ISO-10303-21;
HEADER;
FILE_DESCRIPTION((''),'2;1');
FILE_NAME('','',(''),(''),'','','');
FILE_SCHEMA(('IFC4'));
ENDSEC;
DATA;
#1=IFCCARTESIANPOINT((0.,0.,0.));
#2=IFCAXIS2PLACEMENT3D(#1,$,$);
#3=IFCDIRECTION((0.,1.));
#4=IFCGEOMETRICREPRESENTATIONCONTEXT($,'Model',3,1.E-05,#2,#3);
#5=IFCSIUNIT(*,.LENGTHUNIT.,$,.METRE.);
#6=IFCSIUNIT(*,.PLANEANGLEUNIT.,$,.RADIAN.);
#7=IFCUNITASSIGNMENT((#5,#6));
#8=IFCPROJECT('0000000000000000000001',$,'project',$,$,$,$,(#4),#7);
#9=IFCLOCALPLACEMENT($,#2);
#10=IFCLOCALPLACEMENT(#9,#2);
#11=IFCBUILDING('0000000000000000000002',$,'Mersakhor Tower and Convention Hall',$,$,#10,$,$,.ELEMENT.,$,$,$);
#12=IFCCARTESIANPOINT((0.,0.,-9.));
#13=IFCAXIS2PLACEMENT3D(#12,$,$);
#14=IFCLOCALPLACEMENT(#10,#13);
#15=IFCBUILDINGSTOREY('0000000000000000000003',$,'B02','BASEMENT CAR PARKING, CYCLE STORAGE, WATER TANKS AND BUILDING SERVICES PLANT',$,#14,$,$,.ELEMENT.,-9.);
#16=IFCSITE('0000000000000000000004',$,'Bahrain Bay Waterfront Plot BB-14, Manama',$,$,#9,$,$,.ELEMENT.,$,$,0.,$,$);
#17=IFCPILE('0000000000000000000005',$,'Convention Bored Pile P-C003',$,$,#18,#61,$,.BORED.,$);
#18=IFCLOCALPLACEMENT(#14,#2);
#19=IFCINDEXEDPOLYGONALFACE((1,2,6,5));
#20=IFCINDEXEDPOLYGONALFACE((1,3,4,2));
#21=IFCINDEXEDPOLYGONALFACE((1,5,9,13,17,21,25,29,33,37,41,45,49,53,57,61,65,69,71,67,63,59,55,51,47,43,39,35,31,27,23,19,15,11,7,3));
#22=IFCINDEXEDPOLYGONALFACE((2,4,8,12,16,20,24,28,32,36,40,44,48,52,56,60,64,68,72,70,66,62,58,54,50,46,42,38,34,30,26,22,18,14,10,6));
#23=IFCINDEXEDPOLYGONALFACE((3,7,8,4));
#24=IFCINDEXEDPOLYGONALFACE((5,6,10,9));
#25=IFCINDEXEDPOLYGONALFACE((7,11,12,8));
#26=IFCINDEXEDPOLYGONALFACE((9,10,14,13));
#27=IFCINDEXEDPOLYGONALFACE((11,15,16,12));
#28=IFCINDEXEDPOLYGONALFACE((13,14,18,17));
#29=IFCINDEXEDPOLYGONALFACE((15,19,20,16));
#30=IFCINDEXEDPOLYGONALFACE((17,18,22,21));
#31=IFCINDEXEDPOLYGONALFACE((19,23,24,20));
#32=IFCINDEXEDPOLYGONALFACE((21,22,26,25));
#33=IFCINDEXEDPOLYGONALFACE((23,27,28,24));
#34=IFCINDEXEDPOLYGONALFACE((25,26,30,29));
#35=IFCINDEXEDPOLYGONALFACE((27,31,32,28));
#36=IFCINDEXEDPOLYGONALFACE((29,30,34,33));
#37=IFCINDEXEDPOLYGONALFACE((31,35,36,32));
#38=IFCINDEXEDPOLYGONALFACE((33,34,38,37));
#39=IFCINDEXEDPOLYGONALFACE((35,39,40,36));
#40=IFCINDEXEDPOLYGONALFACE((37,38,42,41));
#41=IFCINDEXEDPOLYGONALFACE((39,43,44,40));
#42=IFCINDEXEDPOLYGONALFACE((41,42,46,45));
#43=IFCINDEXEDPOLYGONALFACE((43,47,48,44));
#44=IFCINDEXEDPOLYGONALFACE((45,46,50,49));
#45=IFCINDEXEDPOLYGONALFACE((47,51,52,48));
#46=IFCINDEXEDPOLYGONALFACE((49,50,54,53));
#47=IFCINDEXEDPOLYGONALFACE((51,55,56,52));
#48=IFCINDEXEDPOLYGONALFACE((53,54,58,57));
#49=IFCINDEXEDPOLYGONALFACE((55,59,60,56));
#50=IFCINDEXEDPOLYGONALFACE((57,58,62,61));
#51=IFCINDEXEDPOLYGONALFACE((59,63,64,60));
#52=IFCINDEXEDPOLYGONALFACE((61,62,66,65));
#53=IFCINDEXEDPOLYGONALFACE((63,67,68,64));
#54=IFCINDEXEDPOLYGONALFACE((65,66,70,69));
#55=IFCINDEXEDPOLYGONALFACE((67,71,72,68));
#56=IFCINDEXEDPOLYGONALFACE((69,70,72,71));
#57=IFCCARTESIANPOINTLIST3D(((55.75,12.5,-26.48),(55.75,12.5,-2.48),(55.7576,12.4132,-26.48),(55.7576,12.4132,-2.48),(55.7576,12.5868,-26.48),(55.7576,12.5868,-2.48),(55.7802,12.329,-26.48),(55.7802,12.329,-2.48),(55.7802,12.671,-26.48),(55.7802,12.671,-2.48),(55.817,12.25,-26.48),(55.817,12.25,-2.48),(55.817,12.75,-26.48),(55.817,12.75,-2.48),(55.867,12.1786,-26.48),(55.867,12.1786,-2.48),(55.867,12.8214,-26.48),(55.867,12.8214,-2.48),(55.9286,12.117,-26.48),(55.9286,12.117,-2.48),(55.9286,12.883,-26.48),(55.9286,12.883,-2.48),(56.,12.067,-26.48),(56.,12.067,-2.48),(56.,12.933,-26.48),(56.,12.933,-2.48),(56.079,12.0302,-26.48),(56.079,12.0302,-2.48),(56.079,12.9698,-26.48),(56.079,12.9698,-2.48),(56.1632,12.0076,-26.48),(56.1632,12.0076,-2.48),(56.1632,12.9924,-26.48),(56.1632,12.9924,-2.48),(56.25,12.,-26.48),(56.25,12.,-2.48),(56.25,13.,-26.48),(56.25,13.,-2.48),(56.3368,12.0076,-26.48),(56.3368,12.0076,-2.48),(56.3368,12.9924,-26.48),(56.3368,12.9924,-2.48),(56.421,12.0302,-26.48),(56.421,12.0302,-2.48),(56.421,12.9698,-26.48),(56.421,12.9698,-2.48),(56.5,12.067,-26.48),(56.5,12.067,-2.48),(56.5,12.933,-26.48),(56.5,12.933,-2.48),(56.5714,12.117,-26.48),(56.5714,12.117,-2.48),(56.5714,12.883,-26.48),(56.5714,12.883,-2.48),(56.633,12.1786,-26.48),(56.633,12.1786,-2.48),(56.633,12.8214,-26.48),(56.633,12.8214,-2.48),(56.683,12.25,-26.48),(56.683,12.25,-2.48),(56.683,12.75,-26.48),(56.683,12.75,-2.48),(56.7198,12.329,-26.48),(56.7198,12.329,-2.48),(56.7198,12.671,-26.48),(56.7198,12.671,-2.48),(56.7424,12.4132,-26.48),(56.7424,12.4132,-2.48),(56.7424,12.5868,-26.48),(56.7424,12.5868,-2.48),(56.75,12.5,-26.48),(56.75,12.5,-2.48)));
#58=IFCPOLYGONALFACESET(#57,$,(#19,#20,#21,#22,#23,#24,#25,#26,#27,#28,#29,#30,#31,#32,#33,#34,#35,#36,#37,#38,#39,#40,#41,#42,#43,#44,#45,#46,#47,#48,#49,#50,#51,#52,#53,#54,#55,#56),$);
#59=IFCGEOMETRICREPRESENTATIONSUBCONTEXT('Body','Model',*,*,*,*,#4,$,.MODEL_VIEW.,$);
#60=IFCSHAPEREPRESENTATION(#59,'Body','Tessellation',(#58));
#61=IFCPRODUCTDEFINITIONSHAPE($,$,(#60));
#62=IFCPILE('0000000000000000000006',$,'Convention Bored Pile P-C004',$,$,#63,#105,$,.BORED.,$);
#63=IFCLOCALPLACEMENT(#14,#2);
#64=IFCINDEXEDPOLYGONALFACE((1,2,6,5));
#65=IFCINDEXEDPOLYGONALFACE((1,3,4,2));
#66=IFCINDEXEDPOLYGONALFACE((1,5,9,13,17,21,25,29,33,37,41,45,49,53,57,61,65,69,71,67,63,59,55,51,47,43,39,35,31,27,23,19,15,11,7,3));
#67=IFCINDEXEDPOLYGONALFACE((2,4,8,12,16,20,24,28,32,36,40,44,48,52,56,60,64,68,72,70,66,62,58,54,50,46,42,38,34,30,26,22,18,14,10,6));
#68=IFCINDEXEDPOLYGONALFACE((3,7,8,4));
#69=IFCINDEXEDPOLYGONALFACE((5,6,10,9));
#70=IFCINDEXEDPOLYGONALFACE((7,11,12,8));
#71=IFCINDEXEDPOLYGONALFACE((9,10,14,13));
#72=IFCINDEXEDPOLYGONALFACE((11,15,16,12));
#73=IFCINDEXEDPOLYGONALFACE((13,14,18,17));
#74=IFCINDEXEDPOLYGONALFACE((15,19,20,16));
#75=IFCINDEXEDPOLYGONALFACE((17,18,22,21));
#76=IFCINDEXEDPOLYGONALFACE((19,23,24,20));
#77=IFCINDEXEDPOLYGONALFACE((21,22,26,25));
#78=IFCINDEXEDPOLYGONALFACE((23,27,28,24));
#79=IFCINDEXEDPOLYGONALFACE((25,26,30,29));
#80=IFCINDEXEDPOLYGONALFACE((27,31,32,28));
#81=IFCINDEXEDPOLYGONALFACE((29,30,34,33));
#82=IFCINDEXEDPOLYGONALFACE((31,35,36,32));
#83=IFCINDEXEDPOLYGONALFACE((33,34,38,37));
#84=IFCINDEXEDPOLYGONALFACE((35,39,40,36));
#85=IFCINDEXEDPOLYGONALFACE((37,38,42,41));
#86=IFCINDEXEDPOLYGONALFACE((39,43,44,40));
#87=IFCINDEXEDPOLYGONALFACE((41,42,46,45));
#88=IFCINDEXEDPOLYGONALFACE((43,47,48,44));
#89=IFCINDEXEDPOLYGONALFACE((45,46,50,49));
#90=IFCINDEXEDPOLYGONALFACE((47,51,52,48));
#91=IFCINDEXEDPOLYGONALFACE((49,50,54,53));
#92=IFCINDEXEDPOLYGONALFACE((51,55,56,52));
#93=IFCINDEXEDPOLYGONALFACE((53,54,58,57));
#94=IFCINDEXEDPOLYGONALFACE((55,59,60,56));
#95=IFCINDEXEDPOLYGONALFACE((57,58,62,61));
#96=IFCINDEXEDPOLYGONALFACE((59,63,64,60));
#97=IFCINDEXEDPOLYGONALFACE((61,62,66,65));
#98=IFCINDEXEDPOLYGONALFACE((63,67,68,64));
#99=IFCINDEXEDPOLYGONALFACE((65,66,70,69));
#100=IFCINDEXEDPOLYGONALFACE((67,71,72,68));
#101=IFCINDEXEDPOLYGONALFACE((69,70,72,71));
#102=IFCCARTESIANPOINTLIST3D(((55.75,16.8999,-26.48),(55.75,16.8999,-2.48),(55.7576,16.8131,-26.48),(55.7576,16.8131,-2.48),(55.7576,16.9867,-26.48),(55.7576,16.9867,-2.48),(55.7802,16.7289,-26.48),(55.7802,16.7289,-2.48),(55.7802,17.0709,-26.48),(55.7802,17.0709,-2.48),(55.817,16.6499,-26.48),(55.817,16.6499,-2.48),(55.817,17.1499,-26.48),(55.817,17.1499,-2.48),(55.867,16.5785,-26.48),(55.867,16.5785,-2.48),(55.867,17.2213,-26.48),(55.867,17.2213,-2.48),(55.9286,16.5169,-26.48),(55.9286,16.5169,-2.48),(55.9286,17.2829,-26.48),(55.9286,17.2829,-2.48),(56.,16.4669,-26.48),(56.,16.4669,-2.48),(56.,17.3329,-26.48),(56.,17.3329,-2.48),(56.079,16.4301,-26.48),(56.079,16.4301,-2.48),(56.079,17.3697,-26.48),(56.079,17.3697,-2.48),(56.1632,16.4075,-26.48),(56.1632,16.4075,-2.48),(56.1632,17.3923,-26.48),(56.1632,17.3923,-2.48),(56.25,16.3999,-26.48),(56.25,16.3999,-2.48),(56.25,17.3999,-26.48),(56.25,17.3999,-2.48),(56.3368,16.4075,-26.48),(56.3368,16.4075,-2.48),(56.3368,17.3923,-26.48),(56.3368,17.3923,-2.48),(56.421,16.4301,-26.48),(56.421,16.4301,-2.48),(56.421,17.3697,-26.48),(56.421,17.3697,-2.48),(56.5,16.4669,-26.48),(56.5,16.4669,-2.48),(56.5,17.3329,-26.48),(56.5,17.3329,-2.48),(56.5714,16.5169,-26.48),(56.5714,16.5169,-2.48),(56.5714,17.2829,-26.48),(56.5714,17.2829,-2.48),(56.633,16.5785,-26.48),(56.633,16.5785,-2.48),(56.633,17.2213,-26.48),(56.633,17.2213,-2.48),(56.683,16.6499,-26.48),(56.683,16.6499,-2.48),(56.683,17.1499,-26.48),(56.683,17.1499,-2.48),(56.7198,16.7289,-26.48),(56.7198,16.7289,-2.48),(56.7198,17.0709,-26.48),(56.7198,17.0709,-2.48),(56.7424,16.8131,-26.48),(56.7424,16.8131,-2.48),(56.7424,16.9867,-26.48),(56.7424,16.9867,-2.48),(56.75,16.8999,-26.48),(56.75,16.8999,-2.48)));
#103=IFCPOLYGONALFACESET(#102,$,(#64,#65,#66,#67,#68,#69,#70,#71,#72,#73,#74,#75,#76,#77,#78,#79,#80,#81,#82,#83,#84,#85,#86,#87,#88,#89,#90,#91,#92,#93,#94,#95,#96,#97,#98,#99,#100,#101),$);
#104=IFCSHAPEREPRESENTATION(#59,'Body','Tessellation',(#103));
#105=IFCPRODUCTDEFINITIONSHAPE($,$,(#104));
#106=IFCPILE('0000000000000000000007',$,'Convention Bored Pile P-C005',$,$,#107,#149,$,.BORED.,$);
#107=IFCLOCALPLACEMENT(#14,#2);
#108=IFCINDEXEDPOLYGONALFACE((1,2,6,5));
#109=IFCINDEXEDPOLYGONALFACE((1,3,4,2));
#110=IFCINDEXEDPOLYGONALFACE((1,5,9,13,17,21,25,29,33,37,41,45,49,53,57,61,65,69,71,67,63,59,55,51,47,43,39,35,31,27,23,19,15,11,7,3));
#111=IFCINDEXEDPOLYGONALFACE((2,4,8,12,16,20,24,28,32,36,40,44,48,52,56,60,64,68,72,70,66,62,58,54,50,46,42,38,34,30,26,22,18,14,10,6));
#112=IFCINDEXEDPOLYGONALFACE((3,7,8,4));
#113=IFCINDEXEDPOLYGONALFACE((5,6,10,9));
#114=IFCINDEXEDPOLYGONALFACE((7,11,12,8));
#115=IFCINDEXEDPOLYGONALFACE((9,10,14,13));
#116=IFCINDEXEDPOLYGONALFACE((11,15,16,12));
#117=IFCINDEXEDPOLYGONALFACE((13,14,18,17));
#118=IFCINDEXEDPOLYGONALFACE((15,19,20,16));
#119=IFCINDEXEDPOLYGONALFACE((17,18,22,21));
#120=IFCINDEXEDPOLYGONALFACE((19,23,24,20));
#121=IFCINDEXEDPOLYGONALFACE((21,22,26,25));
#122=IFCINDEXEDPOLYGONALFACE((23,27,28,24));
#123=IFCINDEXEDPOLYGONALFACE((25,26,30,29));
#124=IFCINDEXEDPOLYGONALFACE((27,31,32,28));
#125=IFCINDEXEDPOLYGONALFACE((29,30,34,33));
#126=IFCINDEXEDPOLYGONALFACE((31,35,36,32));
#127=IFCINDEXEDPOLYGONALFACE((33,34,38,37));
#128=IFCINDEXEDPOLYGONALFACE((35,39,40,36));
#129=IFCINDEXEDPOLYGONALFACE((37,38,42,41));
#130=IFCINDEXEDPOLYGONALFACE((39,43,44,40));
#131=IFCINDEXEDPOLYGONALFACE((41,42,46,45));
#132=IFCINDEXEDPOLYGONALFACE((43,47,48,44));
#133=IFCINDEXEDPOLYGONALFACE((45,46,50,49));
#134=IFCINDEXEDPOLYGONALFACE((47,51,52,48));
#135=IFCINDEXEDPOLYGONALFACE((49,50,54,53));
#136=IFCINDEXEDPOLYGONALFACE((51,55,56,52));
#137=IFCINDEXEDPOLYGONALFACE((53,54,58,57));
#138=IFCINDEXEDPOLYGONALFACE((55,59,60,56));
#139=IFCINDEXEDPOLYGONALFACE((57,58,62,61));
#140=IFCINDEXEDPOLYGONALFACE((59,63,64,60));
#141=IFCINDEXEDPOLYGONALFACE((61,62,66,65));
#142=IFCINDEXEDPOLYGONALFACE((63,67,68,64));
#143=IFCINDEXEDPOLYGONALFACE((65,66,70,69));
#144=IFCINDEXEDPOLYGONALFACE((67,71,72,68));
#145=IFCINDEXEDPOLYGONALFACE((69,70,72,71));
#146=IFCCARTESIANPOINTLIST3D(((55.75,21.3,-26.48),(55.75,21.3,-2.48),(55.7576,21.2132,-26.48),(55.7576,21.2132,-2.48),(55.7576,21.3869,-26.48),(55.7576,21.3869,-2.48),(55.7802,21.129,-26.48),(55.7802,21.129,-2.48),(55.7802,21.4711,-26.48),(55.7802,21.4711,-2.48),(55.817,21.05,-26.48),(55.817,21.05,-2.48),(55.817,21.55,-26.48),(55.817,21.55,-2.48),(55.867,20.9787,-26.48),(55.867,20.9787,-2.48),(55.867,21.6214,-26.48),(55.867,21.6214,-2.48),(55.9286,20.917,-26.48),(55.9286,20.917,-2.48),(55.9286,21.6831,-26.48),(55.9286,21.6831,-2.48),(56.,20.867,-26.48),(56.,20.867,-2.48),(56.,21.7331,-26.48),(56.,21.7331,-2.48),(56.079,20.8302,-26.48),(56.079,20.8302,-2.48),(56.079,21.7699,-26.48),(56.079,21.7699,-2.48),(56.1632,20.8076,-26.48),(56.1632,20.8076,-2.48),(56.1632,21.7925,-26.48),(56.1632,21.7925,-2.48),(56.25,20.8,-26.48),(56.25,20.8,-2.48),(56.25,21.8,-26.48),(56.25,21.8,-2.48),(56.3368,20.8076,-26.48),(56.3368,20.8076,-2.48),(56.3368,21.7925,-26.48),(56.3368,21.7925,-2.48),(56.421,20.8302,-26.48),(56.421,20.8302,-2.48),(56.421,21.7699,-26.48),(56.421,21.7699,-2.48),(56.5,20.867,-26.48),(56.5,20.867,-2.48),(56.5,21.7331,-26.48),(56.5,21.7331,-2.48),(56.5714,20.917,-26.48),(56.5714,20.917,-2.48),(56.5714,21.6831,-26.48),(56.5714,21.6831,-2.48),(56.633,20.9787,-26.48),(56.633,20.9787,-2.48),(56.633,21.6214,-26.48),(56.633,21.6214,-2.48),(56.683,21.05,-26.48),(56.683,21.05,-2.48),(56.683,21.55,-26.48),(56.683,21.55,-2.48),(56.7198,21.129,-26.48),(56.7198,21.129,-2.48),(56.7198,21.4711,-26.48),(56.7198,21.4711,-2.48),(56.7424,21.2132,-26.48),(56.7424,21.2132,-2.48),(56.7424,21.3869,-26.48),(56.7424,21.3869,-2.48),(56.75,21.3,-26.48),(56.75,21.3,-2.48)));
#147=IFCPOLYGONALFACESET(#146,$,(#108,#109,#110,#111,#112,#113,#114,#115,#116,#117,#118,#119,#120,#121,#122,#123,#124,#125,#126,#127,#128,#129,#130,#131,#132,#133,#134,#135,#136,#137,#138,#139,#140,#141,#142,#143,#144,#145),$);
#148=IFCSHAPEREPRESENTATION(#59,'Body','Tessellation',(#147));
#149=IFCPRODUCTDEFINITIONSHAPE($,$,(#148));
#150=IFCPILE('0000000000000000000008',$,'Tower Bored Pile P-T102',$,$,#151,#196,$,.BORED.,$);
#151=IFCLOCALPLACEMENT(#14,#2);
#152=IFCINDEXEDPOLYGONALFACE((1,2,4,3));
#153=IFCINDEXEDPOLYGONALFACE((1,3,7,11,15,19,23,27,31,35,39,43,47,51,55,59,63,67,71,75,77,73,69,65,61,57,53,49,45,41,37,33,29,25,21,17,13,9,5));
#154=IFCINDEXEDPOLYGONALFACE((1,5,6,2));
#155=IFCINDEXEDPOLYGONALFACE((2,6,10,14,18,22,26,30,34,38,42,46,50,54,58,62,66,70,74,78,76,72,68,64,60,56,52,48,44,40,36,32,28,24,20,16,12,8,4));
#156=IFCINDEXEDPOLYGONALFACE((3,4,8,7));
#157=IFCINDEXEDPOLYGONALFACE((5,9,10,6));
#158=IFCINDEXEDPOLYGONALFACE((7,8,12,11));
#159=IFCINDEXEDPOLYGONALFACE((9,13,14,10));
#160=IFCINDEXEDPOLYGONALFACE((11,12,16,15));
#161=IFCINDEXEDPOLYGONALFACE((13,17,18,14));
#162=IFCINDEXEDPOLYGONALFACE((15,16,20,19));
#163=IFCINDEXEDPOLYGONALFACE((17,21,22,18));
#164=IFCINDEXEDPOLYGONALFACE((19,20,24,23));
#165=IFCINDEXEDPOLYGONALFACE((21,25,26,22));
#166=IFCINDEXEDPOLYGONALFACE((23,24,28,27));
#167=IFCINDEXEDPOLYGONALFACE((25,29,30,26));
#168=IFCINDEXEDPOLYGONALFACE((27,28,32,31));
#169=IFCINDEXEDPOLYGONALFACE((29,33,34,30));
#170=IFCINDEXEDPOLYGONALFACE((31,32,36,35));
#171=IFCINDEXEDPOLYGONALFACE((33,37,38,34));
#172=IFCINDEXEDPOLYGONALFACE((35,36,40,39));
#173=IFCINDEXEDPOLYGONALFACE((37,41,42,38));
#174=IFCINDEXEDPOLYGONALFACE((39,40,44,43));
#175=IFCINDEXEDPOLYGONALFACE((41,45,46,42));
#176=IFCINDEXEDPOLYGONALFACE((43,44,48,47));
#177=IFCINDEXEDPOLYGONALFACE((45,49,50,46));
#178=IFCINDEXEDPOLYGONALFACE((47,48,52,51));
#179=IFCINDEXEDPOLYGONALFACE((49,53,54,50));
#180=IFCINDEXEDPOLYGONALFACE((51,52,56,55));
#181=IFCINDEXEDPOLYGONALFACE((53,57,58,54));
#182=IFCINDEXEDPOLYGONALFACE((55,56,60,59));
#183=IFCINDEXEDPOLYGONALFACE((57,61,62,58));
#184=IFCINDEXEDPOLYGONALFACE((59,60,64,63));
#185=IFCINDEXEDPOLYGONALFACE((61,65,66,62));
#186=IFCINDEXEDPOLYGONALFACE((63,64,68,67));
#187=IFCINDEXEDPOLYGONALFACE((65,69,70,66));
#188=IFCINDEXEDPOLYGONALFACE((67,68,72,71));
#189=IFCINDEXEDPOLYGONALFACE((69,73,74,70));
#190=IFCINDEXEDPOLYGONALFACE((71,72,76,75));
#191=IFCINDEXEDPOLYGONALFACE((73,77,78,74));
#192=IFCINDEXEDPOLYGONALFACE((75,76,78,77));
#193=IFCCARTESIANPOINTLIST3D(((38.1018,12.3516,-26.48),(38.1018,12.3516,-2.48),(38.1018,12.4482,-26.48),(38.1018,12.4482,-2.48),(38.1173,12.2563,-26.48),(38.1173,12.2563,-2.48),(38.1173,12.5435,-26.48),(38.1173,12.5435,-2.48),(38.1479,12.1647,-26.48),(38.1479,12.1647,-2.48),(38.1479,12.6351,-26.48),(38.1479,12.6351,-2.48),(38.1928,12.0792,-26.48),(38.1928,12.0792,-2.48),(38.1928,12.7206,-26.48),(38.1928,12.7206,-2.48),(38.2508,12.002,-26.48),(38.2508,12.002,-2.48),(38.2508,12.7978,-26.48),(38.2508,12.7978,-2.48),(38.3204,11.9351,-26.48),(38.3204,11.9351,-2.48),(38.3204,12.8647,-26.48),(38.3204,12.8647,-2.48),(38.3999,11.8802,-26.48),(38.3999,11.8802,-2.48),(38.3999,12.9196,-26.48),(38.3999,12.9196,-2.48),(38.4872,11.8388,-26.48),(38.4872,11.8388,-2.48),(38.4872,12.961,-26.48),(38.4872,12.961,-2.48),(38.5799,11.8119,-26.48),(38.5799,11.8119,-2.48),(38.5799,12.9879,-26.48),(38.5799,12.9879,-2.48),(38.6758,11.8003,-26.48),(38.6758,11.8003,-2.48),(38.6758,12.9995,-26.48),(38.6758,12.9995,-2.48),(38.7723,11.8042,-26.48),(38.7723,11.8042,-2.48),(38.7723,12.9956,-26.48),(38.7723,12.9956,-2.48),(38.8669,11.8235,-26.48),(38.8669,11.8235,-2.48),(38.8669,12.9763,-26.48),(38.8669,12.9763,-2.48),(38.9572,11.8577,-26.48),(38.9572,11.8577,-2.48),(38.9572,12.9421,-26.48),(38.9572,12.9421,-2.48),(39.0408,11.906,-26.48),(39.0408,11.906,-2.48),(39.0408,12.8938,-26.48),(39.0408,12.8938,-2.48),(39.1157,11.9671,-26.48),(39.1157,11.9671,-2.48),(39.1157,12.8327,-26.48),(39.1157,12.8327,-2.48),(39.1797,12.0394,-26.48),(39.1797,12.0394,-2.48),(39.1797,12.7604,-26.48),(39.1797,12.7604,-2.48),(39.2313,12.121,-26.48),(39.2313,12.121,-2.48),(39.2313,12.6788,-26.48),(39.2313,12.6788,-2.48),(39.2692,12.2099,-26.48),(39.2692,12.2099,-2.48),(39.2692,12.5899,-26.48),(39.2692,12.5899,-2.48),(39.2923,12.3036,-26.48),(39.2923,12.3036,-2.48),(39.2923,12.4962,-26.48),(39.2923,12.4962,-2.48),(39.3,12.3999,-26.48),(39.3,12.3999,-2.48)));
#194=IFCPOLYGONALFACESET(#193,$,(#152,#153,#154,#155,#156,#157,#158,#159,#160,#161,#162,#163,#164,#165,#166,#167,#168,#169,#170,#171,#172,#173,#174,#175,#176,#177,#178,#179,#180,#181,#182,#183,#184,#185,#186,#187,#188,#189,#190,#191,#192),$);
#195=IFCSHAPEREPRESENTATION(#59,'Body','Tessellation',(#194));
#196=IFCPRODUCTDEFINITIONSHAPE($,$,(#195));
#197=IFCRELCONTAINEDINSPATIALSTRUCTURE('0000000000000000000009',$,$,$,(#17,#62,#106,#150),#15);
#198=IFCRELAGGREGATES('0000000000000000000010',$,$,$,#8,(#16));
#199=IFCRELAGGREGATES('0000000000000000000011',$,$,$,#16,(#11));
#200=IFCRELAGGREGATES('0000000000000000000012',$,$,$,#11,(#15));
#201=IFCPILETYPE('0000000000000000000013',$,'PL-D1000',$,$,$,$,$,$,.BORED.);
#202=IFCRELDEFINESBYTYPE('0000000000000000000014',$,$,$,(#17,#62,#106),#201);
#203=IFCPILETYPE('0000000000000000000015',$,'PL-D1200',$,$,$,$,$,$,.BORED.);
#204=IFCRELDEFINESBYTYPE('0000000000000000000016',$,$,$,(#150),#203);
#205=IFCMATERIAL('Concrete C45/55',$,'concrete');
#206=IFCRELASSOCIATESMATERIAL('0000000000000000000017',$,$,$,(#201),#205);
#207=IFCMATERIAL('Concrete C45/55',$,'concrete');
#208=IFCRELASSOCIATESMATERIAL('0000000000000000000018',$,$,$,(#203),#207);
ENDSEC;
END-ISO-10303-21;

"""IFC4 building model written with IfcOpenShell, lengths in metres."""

from ifc_helpers import new_model, si_unit, direction, frame, origin, origin_2d, place, context, subcontext, project, spatial, circle, extrude, material, material_profile, profile_set, type_object, element, save


model = new_model("IFC4")

# Units and contexts
model_context = context("Model", 3, precision=1e-05, world=origin(), true_north=direction((0.0, 1.0)))
body_context = subcontext(model_context, "Body", "Model", "MODEL_VIEW")
ifc_project = project(units=[si_unit("LENGTHUNIT", "METRE"), si_unit("PLANEANGLEUNIT", "RADIAN")], contexts=[model_context])

# Site, building, storey
site_placement = place(None, origin())
site = spatial("IfcSite", under=ifc_project, at=site_placement, Name="Bahrain Bay Waterfront Plot BB-14, Manama", CompositionType="ELEMENT", RefElevation=0.0)
building_placement = place(site_placement, origin())
building = spatial("IfcBuilding", under=site, at=building_placement, Name="Mersakhor Tower and Convention Hall", CompositionType="ELEMENT")
storey_placement = place(building_placement, frame((0.0, 0.0, -9.0)))
storey = spatial("IfcBuildingStorey", under=building, at=storey_placement, Name="B02", Description="BASEMENT CAR PARKING, CYCLE STORAGE, WATER TANKS AND BUILDING SERVICES PLANT", CompositionType="ELEMENT", Elevation=-9.0)

# Piles
ifc_material_1 = material(Name="Concrete C45/55", Category="concrete")
ifc_material_profile_1 = material_profile(ifc_material_1, circle(Radius=0.5, at=origin_2d()), Name="PILE D1000")
ifc_profile_set_1 = profile_set([ifc_material_profile_1], Name="Concrete C45/55")
pile_type_1 = type_object("IfcPileType", Name="PL-D1000", PredefinedType="BORED", material=ifc_profile_set_1)
for number, where, z_axis, x_axis, name in (
    (1, (56.25, 12.5, -2.48), (0.0, 0.0, -1.0), (1.0, 0.0, 0.0), "Convention Bored Pile P-C003"),
    (2, (56.25, 16.8999, -2.48), (0.0, 0.0, -1.0), (1.0, 0.0, 0.0), "Convention Bored Pile P-C004"),
    (3, (56.25, 21.3, -2.48), (0.0, 0.0, -1.0), (1.0, 0.0, 0.0), "Convention Bored Pile P-C005"),
):
    element("IfcPile", number, at=place(storey_placement, frame(where, z_axis=z_axis, x_axis=x_axis)), inside=storey, type_object=pile_type_1, Name=name, PredefinedType="BORED", context=body_context, shape_type="SweptSolid", body=[
        extrude(circle(Radius=0.5, at=origin_2d()), origin(), (0.0, 0.0, 1.0), 24.0),
    ])
ifc_material_2 = material(Name="Concrete C45/55", Category="concrete")
ifc_material_profile_2 = material_profile(ifc_material_2, circle(Radius=0.6001, at=origin_2d()), Name="PILE D1200")
ifc_profile_set_2 = profile_set([ifc_material_profile_2], Name="Concrete C45/55")
pile_type_2 = type_object("IfcPileType", Name="PL-D1200", PredefinedType="BORED", material=ifc_profile_set_2)
for number, where, z_axis, x_axis, name in (
    (4, (38.7, 12.3999, -2.48), (0.0, 0.0, -1.0), (1.0, 0.0, 0.0), "Tower Bored Pile P-T102"),
):
    element("IfcPile", number, at=place(storey_placement, frame(where, z_axis=z_axis, x_axis=x_axis)), inside=storey, type_object=pile_type_2, Name=name, PredefinedType="BORED", context=body_context, shape_type="SweptSolid", body=[
        extrude(circle(Radius=0.6001, at=origin_2d()), origin(), (0.0, 0.0, 1.0), 24.0),
    ])

save(model, "model.ifc")
